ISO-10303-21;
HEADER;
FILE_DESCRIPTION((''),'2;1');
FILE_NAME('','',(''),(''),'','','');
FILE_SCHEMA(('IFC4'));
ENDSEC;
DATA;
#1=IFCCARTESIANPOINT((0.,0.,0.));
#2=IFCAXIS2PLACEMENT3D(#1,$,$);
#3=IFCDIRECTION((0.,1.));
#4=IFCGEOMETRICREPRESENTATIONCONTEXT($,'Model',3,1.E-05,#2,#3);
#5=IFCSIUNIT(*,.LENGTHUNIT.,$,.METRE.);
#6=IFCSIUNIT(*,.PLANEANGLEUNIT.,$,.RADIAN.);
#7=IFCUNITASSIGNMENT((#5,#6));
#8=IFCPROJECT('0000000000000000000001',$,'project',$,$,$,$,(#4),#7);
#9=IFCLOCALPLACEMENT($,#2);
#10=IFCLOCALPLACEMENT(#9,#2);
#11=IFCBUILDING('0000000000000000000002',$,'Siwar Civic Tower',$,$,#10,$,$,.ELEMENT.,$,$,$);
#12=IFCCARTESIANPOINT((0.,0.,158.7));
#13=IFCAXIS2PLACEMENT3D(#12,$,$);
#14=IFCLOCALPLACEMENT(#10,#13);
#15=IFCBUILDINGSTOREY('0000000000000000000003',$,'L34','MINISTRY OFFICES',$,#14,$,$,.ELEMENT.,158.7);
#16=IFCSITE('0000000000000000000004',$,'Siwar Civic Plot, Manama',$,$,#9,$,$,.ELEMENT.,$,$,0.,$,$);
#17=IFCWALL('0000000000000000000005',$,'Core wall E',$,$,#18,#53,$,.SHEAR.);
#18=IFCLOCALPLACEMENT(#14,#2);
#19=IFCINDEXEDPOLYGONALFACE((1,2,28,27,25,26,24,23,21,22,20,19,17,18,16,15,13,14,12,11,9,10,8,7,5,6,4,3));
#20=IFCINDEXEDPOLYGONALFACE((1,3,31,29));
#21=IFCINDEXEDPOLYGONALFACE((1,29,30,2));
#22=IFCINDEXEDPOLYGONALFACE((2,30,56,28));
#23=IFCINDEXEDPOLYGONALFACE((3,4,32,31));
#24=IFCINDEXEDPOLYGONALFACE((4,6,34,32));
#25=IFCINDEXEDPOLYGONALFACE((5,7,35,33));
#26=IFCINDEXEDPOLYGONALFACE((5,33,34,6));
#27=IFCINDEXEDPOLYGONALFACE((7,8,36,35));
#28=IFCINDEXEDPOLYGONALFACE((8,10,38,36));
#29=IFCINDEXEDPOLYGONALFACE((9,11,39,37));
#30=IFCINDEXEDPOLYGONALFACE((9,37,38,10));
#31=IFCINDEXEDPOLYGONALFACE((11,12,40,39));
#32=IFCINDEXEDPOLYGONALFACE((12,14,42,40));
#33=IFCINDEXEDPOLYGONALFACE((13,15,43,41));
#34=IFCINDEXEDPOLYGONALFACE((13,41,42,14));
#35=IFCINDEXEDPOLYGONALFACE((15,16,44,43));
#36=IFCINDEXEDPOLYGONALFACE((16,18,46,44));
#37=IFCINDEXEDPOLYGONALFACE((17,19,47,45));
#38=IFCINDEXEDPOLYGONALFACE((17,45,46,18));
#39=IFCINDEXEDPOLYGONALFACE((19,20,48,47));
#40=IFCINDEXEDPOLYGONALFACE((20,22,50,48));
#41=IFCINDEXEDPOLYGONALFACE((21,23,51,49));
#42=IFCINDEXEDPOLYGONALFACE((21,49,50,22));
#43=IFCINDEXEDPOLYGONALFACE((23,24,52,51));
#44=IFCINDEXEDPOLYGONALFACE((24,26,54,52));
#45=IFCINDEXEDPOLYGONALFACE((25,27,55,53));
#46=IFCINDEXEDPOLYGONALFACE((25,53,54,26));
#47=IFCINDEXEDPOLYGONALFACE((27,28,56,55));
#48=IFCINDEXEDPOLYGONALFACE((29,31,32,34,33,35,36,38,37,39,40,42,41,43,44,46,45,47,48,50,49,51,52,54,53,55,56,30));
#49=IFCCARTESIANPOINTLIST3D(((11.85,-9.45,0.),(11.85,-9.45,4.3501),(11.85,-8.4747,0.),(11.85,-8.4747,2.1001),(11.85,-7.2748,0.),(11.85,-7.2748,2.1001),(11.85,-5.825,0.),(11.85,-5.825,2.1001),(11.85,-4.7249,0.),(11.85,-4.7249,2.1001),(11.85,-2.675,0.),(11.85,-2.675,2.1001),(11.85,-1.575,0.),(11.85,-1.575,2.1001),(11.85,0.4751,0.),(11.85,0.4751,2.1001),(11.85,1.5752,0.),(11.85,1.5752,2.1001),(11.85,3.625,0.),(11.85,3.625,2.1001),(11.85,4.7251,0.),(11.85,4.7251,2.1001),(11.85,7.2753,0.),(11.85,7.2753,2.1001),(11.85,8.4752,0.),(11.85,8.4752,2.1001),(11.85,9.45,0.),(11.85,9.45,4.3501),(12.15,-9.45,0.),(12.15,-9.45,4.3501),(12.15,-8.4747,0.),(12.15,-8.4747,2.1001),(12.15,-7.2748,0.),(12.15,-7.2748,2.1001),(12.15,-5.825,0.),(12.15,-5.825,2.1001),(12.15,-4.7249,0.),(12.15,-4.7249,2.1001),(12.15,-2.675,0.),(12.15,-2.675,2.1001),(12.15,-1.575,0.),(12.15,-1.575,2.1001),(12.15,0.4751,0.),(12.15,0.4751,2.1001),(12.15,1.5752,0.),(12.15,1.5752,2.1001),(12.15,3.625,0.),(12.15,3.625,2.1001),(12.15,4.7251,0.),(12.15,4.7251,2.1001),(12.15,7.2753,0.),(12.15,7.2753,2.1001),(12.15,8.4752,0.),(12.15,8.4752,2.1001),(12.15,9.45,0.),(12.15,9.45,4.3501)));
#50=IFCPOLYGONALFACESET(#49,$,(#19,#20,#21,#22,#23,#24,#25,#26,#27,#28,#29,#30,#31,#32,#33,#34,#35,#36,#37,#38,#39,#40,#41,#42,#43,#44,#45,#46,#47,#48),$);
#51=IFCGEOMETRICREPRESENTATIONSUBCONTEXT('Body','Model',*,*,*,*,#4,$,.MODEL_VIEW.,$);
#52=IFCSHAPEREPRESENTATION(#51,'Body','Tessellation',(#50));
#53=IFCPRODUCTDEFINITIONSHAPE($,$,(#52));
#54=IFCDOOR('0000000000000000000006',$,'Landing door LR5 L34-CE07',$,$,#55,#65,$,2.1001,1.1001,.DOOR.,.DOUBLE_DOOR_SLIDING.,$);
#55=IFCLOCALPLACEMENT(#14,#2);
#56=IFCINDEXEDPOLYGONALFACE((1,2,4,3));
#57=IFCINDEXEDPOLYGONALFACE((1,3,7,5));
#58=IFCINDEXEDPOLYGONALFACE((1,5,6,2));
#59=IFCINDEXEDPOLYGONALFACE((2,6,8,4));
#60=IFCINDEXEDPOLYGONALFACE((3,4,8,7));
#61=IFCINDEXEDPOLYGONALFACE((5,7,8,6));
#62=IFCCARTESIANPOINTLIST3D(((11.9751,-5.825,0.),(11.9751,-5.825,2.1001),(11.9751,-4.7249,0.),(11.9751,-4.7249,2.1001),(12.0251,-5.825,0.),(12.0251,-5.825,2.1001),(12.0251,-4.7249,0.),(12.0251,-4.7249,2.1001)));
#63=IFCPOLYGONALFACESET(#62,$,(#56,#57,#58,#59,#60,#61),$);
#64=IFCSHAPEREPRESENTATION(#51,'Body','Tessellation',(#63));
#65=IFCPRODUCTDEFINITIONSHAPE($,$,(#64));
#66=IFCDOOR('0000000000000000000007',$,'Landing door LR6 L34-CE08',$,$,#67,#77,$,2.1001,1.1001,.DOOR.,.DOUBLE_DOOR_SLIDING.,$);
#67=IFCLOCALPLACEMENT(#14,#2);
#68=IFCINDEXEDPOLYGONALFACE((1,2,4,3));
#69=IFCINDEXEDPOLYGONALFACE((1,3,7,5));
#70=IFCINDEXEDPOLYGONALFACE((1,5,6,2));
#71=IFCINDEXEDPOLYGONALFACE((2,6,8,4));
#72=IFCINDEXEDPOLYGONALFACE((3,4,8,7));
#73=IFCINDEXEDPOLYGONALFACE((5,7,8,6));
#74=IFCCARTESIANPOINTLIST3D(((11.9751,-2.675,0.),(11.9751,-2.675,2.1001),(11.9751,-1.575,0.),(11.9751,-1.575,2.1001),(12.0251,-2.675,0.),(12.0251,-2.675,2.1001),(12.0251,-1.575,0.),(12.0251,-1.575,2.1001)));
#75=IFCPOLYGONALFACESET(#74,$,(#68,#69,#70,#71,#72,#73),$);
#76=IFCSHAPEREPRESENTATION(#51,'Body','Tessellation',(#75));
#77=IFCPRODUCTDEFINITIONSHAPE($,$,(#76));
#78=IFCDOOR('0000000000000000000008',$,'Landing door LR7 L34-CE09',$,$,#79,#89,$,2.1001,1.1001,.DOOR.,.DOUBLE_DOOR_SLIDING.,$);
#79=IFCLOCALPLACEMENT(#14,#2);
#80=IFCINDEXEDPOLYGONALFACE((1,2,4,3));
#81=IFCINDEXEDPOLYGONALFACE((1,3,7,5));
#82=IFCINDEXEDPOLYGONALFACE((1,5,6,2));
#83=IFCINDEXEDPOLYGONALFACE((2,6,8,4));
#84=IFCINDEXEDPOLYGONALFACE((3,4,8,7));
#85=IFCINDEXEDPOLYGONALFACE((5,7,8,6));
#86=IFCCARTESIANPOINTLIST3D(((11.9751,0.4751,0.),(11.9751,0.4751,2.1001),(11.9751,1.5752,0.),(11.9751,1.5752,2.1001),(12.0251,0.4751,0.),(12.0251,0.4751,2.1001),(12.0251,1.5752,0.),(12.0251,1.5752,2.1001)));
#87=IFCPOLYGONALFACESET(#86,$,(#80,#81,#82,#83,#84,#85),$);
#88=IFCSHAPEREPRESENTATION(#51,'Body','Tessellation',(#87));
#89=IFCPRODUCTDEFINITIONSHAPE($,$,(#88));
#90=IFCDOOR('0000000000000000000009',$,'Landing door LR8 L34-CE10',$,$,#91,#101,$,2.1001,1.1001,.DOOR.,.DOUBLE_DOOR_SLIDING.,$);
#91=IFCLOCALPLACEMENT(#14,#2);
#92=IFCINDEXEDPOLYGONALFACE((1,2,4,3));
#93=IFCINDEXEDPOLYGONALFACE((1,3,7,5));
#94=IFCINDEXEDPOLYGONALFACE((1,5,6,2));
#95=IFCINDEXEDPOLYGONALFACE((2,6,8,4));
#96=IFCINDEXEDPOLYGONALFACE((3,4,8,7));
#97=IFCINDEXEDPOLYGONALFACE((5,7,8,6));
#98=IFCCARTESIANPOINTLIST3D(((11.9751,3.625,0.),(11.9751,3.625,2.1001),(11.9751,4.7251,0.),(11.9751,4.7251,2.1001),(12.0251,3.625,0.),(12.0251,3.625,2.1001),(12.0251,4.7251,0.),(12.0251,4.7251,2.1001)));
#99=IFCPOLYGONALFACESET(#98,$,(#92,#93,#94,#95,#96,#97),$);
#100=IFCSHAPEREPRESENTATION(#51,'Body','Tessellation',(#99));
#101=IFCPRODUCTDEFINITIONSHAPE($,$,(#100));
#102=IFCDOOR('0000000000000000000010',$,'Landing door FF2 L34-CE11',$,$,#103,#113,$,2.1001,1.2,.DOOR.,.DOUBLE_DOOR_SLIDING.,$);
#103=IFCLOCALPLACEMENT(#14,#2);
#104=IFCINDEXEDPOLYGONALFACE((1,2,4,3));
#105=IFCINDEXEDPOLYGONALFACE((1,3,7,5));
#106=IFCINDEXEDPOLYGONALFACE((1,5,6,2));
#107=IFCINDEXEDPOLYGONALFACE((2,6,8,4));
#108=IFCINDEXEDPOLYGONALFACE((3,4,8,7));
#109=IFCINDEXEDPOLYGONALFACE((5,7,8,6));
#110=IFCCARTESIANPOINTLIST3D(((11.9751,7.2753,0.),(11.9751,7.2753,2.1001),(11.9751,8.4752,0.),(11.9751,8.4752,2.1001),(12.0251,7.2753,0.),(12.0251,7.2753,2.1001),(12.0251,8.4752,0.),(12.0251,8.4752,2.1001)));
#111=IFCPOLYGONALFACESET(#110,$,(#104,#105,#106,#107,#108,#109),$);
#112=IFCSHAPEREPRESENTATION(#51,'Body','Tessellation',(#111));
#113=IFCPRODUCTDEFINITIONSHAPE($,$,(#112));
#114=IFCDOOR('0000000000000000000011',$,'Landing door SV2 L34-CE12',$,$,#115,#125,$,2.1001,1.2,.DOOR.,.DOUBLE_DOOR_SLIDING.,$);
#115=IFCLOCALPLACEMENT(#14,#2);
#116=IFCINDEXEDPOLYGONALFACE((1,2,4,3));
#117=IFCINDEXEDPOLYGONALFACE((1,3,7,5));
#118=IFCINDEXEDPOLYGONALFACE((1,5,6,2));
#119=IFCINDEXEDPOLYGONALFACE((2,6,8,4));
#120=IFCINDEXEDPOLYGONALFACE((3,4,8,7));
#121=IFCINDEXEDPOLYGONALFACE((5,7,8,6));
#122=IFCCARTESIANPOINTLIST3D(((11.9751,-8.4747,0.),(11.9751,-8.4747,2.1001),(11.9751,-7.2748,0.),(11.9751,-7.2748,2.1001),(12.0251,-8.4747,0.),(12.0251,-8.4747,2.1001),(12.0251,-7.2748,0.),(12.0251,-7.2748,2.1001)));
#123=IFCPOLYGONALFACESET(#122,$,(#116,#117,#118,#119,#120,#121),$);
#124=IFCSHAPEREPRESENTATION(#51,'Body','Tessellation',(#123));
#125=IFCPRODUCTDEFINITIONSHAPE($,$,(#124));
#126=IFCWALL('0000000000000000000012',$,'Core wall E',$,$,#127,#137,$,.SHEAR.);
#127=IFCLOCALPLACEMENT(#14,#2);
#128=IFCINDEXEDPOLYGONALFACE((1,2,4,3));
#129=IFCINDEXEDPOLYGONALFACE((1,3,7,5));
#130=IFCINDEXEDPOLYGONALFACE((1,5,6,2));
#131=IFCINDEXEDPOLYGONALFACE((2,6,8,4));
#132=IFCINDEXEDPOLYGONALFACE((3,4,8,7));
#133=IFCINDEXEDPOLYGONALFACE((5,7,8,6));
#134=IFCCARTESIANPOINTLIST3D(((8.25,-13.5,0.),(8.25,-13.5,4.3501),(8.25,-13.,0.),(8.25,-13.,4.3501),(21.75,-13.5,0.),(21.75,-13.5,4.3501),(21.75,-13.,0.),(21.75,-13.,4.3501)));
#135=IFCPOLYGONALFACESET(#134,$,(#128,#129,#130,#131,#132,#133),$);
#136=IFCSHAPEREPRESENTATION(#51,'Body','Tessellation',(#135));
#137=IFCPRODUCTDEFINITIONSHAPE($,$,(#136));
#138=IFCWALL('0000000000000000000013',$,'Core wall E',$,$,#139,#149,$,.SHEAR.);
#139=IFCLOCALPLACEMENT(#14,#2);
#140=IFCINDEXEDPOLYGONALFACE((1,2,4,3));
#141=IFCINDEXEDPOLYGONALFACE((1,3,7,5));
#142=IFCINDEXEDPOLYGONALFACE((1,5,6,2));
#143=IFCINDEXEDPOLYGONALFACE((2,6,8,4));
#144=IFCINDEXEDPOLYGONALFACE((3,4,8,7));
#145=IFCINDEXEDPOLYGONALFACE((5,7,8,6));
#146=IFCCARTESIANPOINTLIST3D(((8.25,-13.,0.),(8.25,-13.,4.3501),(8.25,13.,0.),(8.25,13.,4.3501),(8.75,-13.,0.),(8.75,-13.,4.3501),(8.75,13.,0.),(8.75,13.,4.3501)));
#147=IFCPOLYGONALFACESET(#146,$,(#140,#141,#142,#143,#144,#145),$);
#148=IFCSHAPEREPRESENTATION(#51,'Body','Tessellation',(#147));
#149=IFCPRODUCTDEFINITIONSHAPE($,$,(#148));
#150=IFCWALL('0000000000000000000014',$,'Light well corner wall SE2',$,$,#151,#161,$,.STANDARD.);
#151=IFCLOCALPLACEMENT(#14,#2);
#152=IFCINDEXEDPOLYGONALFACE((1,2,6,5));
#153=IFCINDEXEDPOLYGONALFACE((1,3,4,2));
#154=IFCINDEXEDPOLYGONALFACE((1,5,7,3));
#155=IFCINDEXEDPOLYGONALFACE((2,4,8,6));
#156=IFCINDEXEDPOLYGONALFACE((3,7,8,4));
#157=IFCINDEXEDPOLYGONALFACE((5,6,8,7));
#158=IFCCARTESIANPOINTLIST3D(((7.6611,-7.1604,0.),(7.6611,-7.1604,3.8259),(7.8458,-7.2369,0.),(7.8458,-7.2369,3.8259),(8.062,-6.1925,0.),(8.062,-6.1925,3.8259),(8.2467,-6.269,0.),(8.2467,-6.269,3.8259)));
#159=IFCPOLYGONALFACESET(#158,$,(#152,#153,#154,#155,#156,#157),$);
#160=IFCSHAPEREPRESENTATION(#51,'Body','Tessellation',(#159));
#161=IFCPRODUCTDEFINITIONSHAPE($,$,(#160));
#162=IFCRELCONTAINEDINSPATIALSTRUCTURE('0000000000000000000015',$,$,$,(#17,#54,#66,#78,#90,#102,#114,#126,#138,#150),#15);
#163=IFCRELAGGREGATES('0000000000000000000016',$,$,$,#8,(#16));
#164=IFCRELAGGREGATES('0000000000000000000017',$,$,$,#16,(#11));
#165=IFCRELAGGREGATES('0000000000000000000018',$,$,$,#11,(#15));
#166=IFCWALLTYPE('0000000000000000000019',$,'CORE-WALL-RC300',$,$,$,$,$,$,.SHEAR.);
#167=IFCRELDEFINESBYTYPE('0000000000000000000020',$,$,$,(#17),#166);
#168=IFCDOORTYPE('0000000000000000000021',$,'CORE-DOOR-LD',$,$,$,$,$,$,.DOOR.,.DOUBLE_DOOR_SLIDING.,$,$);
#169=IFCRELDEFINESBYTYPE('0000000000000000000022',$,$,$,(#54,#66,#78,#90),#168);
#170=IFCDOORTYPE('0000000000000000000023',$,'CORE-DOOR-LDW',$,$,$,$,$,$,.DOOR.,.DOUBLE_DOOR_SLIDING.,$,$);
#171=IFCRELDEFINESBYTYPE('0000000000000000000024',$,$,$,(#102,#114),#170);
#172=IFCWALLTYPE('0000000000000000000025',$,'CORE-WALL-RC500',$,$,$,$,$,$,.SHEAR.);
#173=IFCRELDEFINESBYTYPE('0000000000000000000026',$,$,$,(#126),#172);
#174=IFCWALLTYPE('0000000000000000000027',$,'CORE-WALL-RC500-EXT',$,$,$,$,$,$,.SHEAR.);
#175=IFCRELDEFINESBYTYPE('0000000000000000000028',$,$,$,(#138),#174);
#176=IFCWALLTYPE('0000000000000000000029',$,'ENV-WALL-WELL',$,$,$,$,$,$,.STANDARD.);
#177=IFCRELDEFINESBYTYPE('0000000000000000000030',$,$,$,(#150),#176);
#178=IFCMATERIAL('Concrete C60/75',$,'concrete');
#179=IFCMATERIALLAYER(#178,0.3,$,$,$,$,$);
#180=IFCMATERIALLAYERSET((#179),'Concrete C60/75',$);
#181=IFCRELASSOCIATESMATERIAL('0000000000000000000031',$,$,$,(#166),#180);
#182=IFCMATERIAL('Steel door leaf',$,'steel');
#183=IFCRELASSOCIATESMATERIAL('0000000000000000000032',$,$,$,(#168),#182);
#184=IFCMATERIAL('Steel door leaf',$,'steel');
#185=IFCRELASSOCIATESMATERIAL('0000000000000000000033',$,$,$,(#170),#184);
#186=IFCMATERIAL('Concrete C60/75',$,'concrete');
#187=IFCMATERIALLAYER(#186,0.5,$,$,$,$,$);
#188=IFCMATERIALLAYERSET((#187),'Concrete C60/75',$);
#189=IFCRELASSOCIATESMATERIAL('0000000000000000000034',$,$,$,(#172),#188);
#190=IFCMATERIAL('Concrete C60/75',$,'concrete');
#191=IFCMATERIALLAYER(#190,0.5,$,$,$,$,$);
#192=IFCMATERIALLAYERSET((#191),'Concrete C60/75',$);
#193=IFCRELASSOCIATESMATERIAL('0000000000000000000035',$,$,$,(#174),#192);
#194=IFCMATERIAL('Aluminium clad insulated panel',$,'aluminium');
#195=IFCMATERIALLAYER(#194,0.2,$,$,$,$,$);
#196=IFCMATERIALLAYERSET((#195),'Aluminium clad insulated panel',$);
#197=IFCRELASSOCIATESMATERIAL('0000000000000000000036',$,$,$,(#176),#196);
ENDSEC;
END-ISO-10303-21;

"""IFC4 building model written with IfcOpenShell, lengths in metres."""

from ifc_helpers import new_model, si_unit, direction, frame, frame_2d, origin, place, context, subcontext, project, spatial, rectangle, extrude, material, layer, layer_set, type_object, element, fill, save


model = new_model("IFC4")

# Units and contexts
model_context = context("Model", 3, precision=1e-05, world=origin(), true_north=direction((0.0, 1.0)))
body_context = subcontext(model_context, "Body", "Model", "MODEL_VIEW")
ifc_project = project(units=[si_unit("LENGTHUNIT", "METRE"), si_unit("PLANEANGLEUNIT", "RADIAN")], contexts=[model_context])

# Site, building, storey
site_placement = place(None, origin())
site = spatial("IfcSite", under=ifc_project, at=site_placement, Name="Siwar Civic Plot, Manama", CompositionType="ELEMENT", RefElevation=0.0)
building_placement = place(site_placement, origin())
building = spatial("IfcBuilding", under=site, at=building_placement, Name="Siwar Civic Tower", CompositionType="ELEMENT")
storey_placement = place(building_placement, frame((0.0, 0.0, 158.7)))
storey = spatial("IfcBuildingStorey", under=building, at=storey_placement, Name="L34", Description="MINISTRY OFFICES", CompositionType="ELEMENT", Elevation=158.7)

# Wall, openings, doors
ifc_material_1 = material(Name="Concrete C60/75", Category="concrete")
ifc_layer_1 = layer(ifc_material_1, 0.3)
ifc_layer_set_1 = layer_set([ifc_layer_1], Name="Concrete C60/75")
wall_type_1 = type_object("IfcWallType", Name="CORE-WALL-RC300", PredefinedType="SHEAR", material=ifc_layer_set_1)
wall_1_placement = place(storey_placement, frame((12.0, -9.45, 0.0), z_axis=(0.0, 0.0, 1.0), x_axis=(0.0, 1.0, 0.0)))
wall_1 = element("IfcWall", 1, at=wall_1_placement, inside=storey, type_object=wall_type_1, Name="Core wall E", PredefinedType="SHEAR", context=body_context, shape_type="SweptSolid", body=[
    extrude(rectangle(XDim=18.8999, YDim=0.3, at=frame_2d((9.45, 0.0))), origin(), (0.0, 0.0, 1.0), 4.3501),
])
opening_1_placement = place(wall_1_placement, frame((3.625, 0.0, 0.0)))
opening_1 = element("IfcOpeningElement", 2, at=opening_1_placement, cuts=wall_1, PredefinedType="OPENING", context=body_context, shape_type="SweptSolid", body=[
    extrude(rectangle(XDim=1.1001, YDim=2.1001, at=frame_2d((0.55, 1.05))), frame((0.0, 0.1602, 0.0), z_axis=(0.0, -1.0, 0.0), x_axis=(1.0, 0.0, 0.0)), (0.0, 0.0, 1.0), 0.3201),
])
opening_2_placement = place(wall_1_placement, frame((6.7749, 0.0, 0.0)))
opening_2 = element("IfcOpeningElement", 3, at=opening_2_placement, cuts=wall_1, PredefinedType="OPENING", context=body_context, shape_type="SweptSolid", body=[
    extrude(rectangle(XDim=1.1001, YDim=2.1001, at=frame_2d((0.55, 1.05))), frame((0.0, 0.1602, 0.0), z_axis=(0.0, -1.0, 0.0), x_axis=(1.0, 0.0, 0.0)), (0.0, 0.0, 1.0), 0.3201),
])
opening_3_placement = place(wall_1_placement, frame((9.925, 0.0, 0.0)))
opening_3 = element("IfcOpeningElement", 4, at=opening_3_placement, cuts=wall_1, PredefinedType="OPENING", context=body_context, shape_type="SweptSolid", body=[
    extrude(rectangle(XDim=1.1001, YDim=2.1001, at=frame_2d((0.55, 1.05))), frame((0.0, 0.1602, 0.0), z_axis=(0.0, -1.0, 0.0), x_axis=(1.0, 0.0, 0.0)), (0.0, 0.0, 1.0), 0.3201),
])
opening_4_placement = place(wall_1_placement, frame((13.075, 0.0, 0.0)))
opening_4 = element("IfcOpeningElement", 5, at=opening_4_placement, cuts=wall_1, PredefinedType="OPENING", context=body_context, shape_type="SweptSolid", body=[
    extrude(rectangle(XDim=1.1001, YDim=2.1001, at=frame_2d((0.55, 1.05))), frame((0.0, 0.1602, 0.0), z_axis=(0.0, -1.0, 0.0), x_axis=(1.0, 0.0, 0.0)), (0.0, 0.0, 1.0), 0.3201),
])
opening_5_placement = place(wall_1_placement, frame((16.7251, 0.0, 0.0)))
opening_5 = element("IfcOpeningElement", 6, at=opening_5_placement, cuts=wall_1, PredefinedType="OPENING", context=body_context, shape_type="SweptSolid", body=[
    extrude(rectangle(XDim=1.2, YDim=2.1001, at=frame_2d((0.6001, 1.05))), frame((0.0, 0.1602, 0.0), z_axis=(0.0, -1.0, 0.0), x_axis=(1.0, 0.0, 0.0)), (0.0, 0.0, 1.0), 0.3201),
])
opening_6_placement = place(wall_1_placement, frame((0.9751, 0.0, 0.0)))
opening_6 = element("IfcOpeningElement", 7, at=opening_6_placement, cuts=wall_1, PredefinedType="OPENING", context=body_context, shape_type="SweptSolid", body=[
    extrude(rectangle(XDim=1.2, YDim=2.1001, at=frame_2d((0.6001, 1.05))), frame((0.0, 0.1602, 0.0), z_axis=(0.0, -1.0, 0.0), x_axis=(1.0, 0.0, 0.0)), (0.0, 0.0, 1.0), 0.3201),
])
ifc_material_2 = material(Name="Steel door leaf", Category="steel")
door_type_1 = type_object("IfcDoorType", Name="CORE-DOOR-LD", OperationType="DOUBLE_DOOR_SLIDING", PredefinedType="DOOR", material=ifc_material_2)
door_1_placement = place(opening_1_placement, origin())
door_1 = element("IfcDoor", 8, at=door_1_placement, inside=storey, type_object=door_type_1, Name="Landing door LR5 L34-CE07", OperationType="DOUBLE_DOOR_SLIDING", OverallHeight=2.1001, OverallWidth=1.1001, PredefinedType="DOOR", context=body_context, shape_type="SweptSolid", body=[
    extrude(rectangle(XDim=1.1001, YDim=2.1001, at=frame_2d((0.55, 1.05))), frame((0.0, 0.0249, 0.0), z_axis=(0.0, -1.0, 0.0), x_axis=(1.0, 0.0, 0.0)), (0.0, 0.0, 1.0), 0.05),
])
fill(opening_1, door_1)
door_2_placement = place(opening_2_placement, origin())
door_2 = element("IfcDoor", 9, at=door_2_placement, inside=storey, type_object=door_type_1, Name="Landing door LR6 L34-CE08", OperationType="DOUBLE_DOOR_SLIDING", OverallHeight=2.1001, OverallWidth=1.1001, PredefinedType="DOOR", context=body_context, shape_type="SweptSolid", body=[
    extrude(rectangle(XDim=1.1001, YDim=2.1001, at=frame_2d((0.55, 1.05))), frame((0.0, 0.0249, 0.0), z_axis=(0.0, -1.0, 0.0), x_axis=(1.0, 0.0, 0.0)), (0.0, 0.0, 1.0), 0.05),
])
fill(opening_2, door_2)
door_3_placement = place(opening_3_placement, origin())
door_3 = element("IfcDoor", 10, at=door_3_placement, inside=storey, type_object=door_type_1, Name="Landing door LR7 L34-CE09", OperationType="DOUBLE_DOOR_SLIDING", OverallHeight=2.1001, OverallWidth=1.1001, PredefinedType="DOOR", context=body_context, shape_type="SweptSolid", body=[
    extrude(rectangle(XDim=1.1001, YDim=2.1001, at=frame_2d((0.55, 1.05))), frame((0.0, 0.0249, 0.0), z_axis=(0.0, -1.0, 0.0), x_axis=(1.0, 0.0, 0.0)), (0.0, 0.0, 1.0), 0.05),
])
fill(opening_3, door_3)
door_4_placement = place(opening_4_placement, origin())
door_4 = element("IfcDoor", 11, at=door_4_placement, inside=storey, type_object=door_type_1, Name="Landing door LR8 L34-CE10", OperationType="DOUBLE_DOOR_SLIDING", OverallHeight=2.1001, OverallWidth=1.1001, PredefinedType="DOOR", context=body_context, shape_type="SweptSolid", body=[
    extrude(rectangle(XDim=1.1001, YDim=2.1001, at=frame_2d((0.55, 1.05))), frame((0.0, 0.0249, 0.0), z_axis=(0.0, -1.0, 0.0), x_axis=(1.0, 0.0, 0.0)), (0.0, 0.0, 1.0), 0.05),
])
fill(opening_4, door_4)
ifc_material_3 = material(Name="Steel door leaf", Category="steel")
door_type_2 = type_object("IfcDoorType", Name="CORE-DOOR-LDW", OperationType="DOUBLE_DOOR_SLIDING", PredefinedType="DOOR", material=ifc_material_3)
door_5_placement = place(opening_5_placement, origin())
door_5 = element("IfcDoor", 12, at=door_5_placement, inside=storey, type_object=door_type_2, Name="Landing door FF2 L34-CE11", OperationType="DOUBLE_DOOR_SLIDING", OverallHeight=2.1001, OverallWidth=1.2, PredefinedType="DOOR", context=body_context, shape_type="SweptSolid", body=[
    extrude(rectangle(XDim=1.2, YDim=2.1001, at=frame_2d((0.6001, 1.05))), frame((0.0, 0.0249, 0.0), z_axis=(0.0, -1.0, 0.0), x_axis=(1.0, 0.0, 0.0)), (0.0, 0.0, 1.0), 0.05),
])
fill(opening_5, door_5)
door_6_placement = place(opening_6_placement, origin())
door_6 = element("IfcDoor", 13, at=door_6_placement, inside=storey, type_object=door_type_2, Name="Landing door SV2 L34-CE12", OperationType="DOUBLE_DOOR_SLIDING", OverallHeight=2.1001, OverallWidth=1.2, PredefinedType="DOOR", context=body_context, shape_type="SweptSolid", body=[
    extrude(rectangle(XDim=1.2, YDim=2.1001, at=frame_2d((0.6001, 1.05))), frame((0.0, 0.0249, 0.0), z_axis=(0.0, -1.0, 0.0), x_axis=(1.0, 0.0, 0.0)), (0.0, 0.0, 1.0), 0.05),
])
fill(opening_6, door_6)

# Walls
ifc_material_4 = material(Name="Concrete C60/75", Category="concrete")
ifc_layer_2 = layer(ifc_material_4, 0.5)
ifc_layer_set_2 = layer_set([ifc_layer_2], Name="Concrete C60/75")
wall_type_2 = type_object("IfcWallType", Name="CORE-WALL-RC500", PredefinedType="SHEAR", material=ifc_layer_set_2)
wall_2_placement = place(storey_placement, frame((8.25, -13.25, 0.0), z_axis=(0.0, 0.0, 1.0), x_axis=(1.0, 0.0, 0.0)))
element("IfcWall", 14, at=wall_2_placement, inside=storey, type_object=wall_type_2, Name="Core wall E", PredefinedType="SHEAR", context=body_context, shape_type="SweptSolid", body=[
    extrude(rectangle(XDim=13.5, YDim=0.5, at=frame_2d((6.75, 0.0))), origin(), (0.0, 0.0, 1.0), 4.3501),
])
ifc_material_5 = material(Name="Concrete C60/75", Category="concrete")
ifc_layer_3 = layer(ifc_material_5, 0.5)
ifc_layer_set_3 = layer_set([ifc_layer_3], Name="Concrete C60/75")
wall_type_3 = type_object("IfcWallType", Name="CORE-WALL-RC500-EXT", PredefinedType="SHEAR", material=ifc_layer_set_3)
wall_3_placement = place(storey_placement, frame((8.5, -13.0, 0.0), z_axis=(0.0, 0.0, 1.0), x_axis=(0.0, 1.0, 0.0)))
element("IfcWall", 15, at=wall_3_placement, inside=storey, type_object=wall_type_3, Name="Core wall E", PredefinedType="SHEAR", context=body_context, shape_type="SweptSolid", body=[
    extrude(rectangle(XDim=26.0, YDim=0.5, at=frame_2d((13.0, 0.0))), origin(), (0.0, 0.0, 1.0), 4.3501),
])
ifc_material_6 = material(Name="Aluminium clad insulated panel", Category="aluminium")
ifc_layer_4 = layer(ifc_material_6, 0.2)
ifc_layer_set_4 = layer_set([ifc_layer_4], Name="Aluminium clad insulated panel")
wall_type_4 = type_object("IfcWallType", Name="ENV-WALL-WELL", PredefinedType="STANDARD", material=ifc_layer_set_4)
wall_4_placement = place(storey_placement, frame((7.7534, -7.1987, 0.0), z_axis=(0.0, 0.0, 1.0), x_axis=(0.382695, 0.923875, 0.0)))
element("IfcWall", 16, at=wall_4_placement, inside=storey, type_object=wall_type_4, Name="Light well corner wall SE2", PredefinedType="STANDARD", context=body_context, shape_type="SweptSolid", body=[
    extrude(rectangle(XDim=1.0476, YDim=0.2, at=frame_2d((0.5239, 0.0))), origin(), (0.0, 0.0, 1.0), 3.8259),
])

save(model, "model.ifc")
